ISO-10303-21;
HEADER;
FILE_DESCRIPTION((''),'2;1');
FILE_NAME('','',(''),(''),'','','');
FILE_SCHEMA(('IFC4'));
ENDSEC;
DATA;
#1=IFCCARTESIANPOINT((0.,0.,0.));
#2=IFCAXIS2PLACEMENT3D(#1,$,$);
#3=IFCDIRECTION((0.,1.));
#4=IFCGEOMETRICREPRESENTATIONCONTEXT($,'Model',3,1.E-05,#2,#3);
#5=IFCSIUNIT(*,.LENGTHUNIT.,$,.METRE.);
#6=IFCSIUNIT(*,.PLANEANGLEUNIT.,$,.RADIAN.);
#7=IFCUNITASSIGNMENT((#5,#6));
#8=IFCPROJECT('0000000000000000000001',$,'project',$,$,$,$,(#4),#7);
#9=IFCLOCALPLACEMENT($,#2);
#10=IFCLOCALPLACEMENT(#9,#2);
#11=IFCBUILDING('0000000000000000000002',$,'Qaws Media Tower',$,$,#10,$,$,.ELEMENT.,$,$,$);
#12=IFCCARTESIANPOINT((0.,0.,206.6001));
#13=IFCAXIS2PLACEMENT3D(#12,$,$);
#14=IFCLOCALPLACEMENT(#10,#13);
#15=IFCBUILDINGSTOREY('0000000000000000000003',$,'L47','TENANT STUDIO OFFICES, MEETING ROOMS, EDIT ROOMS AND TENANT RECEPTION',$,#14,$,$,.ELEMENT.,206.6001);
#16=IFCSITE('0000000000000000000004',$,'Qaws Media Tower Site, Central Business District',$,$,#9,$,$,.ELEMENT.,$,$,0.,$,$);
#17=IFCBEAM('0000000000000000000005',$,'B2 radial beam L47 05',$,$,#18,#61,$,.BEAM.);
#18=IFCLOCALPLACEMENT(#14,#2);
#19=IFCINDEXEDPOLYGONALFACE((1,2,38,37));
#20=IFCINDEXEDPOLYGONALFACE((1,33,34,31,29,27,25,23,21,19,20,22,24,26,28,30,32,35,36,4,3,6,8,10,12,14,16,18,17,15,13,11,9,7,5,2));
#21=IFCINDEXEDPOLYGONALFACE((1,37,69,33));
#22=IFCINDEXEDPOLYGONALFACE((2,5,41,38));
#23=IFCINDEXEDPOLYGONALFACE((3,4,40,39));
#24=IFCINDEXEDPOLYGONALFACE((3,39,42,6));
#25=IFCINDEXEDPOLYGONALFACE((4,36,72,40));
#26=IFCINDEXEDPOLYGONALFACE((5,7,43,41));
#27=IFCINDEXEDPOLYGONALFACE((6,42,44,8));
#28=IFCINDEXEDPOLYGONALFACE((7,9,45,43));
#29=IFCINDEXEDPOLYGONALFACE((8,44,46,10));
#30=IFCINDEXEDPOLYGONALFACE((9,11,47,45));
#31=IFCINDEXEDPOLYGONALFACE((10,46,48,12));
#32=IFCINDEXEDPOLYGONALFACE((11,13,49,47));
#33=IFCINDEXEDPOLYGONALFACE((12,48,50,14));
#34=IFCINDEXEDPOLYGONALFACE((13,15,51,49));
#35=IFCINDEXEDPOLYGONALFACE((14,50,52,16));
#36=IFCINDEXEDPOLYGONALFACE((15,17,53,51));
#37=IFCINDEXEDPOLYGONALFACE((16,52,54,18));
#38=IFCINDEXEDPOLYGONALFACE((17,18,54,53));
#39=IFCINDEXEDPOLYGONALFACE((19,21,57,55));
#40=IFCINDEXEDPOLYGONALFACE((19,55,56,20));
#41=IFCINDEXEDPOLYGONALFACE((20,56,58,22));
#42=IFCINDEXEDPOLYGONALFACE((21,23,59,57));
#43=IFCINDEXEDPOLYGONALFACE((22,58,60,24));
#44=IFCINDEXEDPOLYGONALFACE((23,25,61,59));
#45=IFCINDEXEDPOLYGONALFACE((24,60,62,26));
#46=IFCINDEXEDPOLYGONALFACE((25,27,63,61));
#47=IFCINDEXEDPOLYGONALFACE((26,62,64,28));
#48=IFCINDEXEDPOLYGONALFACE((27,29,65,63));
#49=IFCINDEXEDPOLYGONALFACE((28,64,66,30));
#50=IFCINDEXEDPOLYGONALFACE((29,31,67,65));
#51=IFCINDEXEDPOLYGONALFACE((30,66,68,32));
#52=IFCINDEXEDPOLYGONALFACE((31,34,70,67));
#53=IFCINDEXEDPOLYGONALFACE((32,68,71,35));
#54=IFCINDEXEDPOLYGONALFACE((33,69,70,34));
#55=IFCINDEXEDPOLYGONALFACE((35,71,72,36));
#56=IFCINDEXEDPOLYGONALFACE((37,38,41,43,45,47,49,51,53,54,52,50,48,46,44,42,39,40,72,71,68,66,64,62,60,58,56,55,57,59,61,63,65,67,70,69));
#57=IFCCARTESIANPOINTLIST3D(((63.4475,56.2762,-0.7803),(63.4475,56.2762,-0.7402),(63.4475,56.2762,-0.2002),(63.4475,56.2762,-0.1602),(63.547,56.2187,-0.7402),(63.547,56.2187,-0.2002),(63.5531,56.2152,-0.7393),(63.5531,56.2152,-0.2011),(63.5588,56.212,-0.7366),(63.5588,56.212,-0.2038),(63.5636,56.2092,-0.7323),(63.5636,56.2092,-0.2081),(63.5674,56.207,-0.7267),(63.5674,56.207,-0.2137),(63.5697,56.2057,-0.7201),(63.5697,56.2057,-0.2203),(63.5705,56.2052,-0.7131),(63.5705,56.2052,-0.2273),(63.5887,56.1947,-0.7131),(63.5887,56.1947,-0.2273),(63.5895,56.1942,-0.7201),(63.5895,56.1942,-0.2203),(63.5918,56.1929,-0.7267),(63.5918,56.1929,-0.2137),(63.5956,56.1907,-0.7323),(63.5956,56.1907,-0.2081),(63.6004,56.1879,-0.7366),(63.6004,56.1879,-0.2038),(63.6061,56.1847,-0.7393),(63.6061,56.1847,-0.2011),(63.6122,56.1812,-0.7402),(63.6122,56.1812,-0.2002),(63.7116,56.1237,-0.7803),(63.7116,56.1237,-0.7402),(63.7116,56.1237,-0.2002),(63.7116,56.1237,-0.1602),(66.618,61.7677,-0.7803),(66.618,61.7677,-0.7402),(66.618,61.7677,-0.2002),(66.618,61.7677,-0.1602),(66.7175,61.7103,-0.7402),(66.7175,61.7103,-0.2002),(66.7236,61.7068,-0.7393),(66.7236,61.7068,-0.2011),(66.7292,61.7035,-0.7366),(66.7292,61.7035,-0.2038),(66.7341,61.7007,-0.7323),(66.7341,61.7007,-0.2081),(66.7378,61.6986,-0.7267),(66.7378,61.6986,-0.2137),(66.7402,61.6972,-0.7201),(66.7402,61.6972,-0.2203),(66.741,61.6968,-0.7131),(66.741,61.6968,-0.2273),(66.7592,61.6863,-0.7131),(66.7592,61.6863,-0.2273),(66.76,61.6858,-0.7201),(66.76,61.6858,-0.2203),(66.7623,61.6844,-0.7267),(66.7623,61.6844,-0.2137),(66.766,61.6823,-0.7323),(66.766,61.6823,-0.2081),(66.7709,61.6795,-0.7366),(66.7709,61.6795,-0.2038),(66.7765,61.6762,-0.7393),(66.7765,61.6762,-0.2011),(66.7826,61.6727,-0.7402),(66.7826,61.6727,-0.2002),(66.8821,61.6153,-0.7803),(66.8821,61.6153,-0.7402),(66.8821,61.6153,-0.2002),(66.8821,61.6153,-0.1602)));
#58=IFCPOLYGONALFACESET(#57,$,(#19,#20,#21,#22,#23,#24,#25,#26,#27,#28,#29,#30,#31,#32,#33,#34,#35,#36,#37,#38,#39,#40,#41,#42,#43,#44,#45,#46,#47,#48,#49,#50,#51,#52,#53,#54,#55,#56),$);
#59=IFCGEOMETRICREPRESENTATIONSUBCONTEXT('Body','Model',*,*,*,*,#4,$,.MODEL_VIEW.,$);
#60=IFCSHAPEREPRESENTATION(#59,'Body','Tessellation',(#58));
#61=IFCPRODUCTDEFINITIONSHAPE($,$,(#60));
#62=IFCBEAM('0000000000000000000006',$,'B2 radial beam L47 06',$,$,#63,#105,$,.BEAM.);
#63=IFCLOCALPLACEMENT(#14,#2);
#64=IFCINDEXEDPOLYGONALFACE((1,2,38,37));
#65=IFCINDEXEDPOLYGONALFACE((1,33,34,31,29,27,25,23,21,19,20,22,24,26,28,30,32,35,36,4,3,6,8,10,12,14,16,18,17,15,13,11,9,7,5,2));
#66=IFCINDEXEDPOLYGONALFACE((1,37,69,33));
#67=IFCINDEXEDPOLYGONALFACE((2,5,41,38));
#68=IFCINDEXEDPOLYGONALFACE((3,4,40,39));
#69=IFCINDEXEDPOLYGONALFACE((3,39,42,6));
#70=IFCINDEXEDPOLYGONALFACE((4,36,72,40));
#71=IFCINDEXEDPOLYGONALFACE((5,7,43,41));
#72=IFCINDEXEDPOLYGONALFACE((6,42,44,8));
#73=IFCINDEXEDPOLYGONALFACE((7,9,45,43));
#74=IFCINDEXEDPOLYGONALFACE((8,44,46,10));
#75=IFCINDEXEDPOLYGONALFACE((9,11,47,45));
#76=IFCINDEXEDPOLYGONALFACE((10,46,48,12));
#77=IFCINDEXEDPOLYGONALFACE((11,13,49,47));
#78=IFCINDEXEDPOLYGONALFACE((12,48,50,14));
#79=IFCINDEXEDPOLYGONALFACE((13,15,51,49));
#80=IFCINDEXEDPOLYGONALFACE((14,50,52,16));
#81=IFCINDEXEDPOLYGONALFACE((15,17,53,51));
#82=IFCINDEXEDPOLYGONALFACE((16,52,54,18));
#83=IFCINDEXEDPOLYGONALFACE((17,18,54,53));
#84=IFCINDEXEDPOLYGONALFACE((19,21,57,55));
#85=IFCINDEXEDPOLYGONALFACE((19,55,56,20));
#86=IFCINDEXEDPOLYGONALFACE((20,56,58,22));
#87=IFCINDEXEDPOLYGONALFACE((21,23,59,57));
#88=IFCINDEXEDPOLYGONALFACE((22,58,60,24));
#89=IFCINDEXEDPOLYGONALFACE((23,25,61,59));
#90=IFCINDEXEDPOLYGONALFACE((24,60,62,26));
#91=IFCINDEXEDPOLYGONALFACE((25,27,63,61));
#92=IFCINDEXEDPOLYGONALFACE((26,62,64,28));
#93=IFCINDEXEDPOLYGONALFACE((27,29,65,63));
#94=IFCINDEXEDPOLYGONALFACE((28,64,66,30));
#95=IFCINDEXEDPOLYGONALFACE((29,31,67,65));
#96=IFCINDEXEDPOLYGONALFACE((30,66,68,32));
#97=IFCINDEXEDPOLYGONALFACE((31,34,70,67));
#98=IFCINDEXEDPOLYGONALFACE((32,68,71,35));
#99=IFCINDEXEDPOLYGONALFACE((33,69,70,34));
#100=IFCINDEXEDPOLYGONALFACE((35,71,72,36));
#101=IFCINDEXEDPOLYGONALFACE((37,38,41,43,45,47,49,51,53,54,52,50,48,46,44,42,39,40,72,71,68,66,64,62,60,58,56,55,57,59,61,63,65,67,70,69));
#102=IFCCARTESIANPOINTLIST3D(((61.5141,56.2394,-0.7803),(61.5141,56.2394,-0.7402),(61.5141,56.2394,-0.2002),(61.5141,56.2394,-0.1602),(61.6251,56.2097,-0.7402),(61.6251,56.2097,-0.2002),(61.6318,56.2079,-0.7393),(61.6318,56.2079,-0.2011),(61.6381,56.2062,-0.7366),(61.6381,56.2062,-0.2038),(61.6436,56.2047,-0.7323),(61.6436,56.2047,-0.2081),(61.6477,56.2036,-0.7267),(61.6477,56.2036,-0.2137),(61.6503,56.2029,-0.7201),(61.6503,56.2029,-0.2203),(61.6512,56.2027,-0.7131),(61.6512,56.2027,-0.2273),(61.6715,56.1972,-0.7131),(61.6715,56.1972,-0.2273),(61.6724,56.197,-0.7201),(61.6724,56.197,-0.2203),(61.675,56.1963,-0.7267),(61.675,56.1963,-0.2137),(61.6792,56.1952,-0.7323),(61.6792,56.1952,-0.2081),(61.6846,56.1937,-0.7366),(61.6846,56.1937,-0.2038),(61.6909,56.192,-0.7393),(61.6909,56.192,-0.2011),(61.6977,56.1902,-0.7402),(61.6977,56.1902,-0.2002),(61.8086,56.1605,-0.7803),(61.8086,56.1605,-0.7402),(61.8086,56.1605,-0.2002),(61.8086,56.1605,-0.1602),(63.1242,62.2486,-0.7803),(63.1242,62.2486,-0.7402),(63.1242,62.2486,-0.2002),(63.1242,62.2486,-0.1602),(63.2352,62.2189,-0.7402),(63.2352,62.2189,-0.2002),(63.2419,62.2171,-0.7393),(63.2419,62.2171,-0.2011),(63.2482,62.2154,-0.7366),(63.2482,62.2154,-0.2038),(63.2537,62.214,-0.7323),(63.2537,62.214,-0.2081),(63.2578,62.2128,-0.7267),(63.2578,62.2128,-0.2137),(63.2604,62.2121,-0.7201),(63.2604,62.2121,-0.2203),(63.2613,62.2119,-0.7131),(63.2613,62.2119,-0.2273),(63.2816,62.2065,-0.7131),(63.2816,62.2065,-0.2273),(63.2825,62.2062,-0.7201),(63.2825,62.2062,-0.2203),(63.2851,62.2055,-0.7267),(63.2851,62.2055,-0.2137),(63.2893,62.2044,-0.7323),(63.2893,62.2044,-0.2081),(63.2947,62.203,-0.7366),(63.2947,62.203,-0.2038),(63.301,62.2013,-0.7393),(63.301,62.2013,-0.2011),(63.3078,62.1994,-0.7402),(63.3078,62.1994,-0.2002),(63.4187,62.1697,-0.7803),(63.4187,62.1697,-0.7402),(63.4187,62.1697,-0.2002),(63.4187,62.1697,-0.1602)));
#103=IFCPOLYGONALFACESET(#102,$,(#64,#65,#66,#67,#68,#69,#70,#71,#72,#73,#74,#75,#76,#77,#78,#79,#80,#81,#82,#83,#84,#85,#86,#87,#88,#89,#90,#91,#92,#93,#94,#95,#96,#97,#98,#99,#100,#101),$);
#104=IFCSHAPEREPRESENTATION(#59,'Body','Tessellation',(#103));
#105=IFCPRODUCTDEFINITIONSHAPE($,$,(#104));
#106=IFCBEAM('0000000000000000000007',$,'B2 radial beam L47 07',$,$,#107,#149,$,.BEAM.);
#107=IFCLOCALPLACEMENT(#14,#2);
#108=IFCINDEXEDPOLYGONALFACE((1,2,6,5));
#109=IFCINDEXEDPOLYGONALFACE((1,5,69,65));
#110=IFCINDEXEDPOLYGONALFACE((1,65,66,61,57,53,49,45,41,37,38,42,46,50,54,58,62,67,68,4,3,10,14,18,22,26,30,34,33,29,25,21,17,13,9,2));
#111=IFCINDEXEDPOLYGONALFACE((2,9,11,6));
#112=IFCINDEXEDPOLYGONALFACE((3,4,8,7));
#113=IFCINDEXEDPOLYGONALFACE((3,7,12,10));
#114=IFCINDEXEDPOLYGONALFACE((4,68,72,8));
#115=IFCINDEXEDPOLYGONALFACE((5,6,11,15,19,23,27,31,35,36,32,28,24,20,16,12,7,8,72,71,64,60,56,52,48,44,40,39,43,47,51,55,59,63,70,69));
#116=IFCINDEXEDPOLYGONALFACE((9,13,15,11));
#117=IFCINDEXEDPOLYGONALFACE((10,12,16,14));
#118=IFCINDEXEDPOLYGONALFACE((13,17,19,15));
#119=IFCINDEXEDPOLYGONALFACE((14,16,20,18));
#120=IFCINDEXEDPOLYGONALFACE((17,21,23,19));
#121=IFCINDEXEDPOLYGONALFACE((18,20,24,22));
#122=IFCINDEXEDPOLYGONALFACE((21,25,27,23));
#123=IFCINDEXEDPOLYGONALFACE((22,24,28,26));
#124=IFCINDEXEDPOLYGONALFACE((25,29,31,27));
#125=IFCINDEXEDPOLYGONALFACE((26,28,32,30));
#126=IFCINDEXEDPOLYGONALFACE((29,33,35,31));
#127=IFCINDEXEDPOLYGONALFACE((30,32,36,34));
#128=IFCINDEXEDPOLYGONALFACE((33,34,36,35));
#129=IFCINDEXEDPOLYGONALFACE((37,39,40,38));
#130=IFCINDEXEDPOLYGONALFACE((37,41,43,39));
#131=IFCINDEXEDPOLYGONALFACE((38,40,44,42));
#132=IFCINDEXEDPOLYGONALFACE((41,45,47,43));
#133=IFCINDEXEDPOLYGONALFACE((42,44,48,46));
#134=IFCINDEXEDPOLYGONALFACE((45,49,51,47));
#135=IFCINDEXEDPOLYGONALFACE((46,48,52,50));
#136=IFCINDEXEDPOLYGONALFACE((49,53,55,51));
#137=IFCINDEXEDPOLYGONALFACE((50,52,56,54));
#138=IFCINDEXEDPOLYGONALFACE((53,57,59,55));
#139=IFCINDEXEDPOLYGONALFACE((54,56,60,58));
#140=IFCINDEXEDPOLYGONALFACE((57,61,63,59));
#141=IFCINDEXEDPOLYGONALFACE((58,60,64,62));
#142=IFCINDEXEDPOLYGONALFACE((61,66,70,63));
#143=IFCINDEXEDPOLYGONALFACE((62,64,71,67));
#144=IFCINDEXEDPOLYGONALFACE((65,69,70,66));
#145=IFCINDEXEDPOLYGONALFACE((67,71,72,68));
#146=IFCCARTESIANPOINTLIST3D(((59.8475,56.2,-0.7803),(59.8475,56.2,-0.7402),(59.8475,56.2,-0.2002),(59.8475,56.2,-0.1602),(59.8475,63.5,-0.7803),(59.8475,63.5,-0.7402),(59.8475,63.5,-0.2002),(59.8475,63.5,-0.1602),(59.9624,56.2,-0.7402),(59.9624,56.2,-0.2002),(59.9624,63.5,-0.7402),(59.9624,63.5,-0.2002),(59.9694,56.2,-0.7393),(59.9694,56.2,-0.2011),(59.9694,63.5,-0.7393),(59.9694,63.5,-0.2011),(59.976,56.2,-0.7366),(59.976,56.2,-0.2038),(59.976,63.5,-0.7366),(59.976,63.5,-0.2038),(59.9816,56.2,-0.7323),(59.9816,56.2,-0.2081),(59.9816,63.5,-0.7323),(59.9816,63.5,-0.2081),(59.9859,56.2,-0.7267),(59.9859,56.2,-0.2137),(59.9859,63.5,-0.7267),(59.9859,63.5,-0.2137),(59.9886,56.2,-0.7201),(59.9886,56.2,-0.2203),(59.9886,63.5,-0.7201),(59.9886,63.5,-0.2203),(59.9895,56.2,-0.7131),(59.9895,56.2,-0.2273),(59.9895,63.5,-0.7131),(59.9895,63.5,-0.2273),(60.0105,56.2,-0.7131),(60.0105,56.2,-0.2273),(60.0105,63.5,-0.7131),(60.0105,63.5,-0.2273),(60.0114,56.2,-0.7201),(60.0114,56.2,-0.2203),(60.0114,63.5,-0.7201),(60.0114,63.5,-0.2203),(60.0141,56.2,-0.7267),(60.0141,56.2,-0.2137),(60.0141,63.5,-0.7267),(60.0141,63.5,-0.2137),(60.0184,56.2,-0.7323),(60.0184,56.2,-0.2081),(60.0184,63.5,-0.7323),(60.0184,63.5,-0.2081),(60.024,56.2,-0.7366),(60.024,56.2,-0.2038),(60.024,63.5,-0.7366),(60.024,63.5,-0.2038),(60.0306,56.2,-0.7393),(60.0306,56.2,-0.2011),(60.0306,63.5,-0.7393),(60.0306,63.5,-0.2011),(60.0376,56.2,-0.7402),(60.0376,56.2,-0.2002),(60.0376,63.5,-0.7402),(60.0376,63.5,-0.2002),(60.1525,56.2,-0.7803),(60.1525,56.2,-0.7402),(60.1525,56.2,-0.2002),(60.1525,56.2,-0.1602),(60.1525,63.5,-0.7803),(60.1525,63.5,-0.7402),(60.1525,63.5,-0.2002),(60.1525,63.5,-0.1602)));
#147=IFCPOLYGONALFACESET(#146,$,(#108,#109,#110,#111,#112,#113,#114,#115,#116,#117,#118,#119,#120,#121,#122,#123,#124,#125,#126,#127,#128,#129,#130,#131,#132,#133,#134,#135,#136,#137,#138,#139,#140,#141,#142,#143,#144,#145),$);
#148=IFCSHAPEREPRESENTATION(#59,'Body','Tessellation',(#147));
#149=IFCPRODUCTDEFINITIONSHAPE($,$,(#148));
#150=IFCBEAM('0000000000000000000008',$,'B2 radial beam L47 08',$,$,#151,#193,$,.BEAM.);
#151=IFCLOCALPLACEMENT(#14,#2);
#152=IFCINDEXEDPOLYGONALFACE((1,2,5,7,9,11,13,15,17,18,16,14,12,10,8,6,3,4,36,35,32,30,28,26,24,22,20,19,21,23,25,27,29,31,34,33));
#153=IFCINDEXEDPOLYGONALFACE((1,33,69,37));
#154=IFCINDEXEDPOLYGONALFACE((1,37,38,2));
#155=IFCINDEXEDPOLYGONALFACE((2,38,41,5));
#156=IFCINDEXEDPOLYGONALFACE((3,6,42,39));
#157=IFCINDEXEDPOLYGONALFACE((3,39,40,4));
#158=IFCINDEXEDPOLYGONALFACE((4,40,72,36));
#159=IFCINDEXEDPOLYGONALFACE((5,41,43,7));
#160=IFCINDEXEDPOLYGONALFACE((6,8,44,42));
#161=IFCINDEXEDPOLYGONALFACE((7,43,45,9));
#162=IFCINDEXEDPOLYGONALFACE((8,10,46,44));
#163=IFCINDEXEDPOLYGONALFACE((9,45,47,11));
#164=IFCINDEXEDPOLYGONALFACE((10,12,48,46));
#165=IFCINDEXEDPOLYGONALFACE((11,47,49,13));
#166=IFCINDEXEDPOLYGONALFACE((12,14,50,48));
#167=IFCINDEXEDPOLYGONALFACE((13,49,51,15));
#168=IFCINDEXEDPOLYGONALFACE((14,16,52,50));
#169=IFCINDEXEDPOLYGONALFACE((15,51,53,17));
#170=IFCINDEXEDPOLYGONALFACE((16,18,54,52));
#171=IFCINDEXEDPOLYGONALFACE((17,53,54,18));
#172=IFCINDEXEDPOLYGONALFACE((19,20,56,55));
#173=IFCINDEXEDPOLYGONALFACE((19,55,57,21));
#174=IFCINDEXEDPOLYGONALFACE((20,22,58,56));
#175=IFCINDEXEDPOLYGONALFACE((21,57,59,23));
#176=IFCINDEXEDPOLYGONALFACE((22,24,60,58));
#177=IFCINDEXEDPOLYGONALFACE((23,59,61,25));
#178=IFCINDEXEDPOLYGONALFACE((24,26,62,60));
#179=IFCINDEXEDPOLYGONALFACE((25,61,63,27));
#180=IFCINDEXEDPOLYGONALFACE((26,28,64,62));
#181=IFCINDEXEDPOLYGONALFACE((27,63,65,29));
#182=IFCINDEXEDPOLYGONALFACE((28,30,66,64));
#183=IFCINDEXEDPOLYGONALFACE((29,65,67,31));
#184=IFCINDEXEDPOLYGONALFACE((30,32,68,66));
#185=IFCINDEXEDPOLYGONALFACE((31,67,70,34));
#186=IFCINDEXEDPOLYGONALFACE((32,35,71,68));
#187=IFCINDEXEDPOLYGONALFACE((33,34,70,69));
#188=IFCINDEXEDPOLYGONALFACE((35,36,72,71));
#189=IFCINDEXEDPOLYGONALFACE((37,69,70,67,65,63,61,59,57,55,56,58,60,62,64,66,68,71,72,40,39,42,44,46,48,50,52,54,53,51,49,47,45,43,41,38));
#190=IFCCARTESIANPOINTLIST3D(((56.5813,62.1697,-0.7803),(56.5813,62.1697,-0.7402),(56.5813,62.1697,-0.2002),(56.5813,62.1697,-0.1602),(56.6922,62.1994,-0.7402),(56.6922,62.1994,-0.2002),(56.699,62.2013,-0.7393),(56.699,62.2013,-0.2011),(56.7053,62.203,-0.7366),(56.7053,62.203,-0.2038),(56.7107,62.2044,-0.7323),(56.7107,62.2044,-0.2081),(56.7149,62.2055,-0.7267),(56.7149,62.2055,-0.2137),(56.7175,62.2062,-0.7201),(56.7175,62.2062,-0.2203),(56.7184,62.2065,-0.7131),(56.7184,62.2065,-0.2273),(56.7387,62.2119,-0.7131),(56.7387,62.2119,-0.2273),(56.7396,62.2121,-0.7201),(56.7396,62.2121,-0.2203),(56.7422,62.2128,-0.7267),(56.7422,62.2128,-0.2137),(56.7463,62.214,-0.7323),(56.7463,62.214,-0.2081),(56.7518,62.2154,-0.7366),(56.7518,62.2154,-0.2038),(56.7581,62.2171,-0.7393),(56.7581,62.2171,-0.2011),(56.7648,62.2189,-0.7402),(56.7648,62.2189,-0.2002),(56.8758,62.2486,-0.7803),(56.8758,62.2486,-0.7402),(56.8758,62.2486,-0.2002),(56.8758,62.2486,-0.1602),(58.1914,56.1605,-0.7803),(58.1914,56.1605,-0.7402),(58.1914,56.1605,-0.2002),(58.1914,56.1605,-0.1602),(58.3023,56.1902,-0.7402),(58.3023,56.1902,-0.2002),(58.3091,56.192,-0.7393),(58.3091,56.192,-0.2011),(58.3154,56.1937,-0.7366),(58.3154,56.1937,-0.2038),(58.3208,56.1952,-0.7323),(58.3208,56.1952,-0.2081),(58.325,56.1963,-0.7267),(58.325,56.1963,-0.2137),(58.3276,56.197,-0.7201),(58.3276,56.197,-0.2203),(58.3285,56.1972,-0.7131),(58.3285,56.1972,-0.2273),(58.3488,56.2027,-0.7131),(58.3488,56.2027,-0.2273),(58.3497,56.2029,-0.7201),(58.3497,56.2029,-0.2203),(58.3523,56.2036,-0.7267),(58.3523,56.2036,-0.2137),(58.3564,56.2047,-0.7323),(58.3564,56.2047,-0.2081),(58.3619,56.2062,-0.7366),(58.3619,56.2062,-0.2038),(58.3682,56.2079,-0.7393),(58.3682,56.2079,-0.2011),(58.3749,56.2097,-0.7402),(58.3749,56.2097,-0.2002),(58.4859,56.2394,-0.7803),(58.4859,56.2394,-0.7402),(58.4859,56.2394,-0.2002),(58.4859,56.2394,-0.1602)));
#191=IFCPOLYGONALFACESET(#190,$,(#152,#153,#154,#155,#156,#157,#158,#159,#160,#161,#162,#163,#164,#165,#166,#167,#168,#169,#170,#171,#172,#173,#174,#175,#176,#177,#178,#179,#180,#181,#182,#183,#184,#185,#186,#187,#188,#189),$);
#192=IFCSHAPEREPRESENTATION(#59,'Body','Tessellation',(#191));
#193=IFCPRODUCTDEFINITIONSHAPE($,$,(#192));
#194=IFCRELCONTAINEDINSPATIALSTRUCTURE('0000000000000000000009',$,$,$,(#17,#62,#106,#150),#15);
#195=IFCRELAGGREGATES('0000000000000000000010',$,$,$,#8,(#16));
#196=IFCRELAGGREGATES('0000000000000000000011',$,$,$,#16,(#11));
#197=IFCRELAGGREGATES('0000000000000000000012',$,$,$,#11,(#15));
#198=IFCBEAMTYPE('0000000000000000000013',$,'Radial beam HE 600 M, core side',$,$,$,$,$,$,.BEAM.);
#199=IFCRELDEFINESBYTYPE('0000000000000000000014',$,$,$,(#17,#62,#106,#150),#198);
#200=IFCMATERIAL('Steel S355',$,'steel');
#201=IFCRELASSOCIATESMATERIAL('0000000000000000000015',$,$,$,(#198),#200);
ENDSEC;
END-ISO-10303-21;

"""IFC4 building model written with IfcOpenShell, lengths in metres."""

from ifc_helpers import new_model, si_unit, direction, frame, origin, origin_2d, place, context, subcontext, project, spatial, i_section, extrude, material, material_profile, profile_set, type_object, element, save


model = new_model("IFC4")

# Units and contexts
model_context = context("Model", 3, precision=1e-05, world=origin(), true_north=direction((0.0, 1.0)))
body_context = subcontext(model_context, "Body", "Model", "MODEL_VIEW")
ifc_project = project(units=[si_unit("LENGTHUNIT", "METRE"), si_unit("PLANEANGLEUNIT", "RADIAN")], contexts=[model_context])

# Site, building, storey
site_placement = place(None, origin())
site = spatial("IfcSite", under=ifc_project, at=site_placement, Name="Qaws Media Tower Site, Central Business District", CompositionType="ELEMENT", RefElevation=0.0)
building_placement = place(site_placement, origin())
building = spatial("IfcBuilding", under=site, at=building_placement, Name="Qaws Media Tower", CompositionType="ELEMENT")
storey_placement = place(building_placement, frame((0.0, 0.0, 206.6001)))
storey = spatial("IfcBuildingStorey", under=building, at=storey_placement, Name="L47", Description="TENANT STUDIO OFFICES, MEETING ROOMS, EDIT ROOMS AND TENANT RECEPTION", CompositionType="ELEMENT", Elevation=206.6001)

# Beams
ifc_material_1 = material(Name="Steel S355", Category="steel")
ifc_material_profile_1 = material_profile(ifc_material_1, i_section(OverallWidth=0.3049, OverallDepth=0.6201, WebThickness=0.021, FlangeThickness=0.04, FilletRadius=0.0271, at=origin_2d()), Name="HE 600 M")
ifc_profile_set_1 = profile_set([ifc_material_profile_1], Name="Steel S355")
beam_type_1 = type_object("IfcBeamType", Name="Radial beam HE 600 M, core side", PredefinedType="BEAM", material=ifc_profile_set_1)
beam_1_placement = place(storey_placement, frame((63.5796, 56.2, -0.4702), z_axis=(0.49999, 0.866031, 0.0), x_axis=(-0.866031, 0.49999, 0.0)))
element("IfcBeam", 1, at=beam_1_placement, inside=storey, type_object=beam_type_1, Name="B2 radial beam L47 05", PredefinedType="BEAM", context=body_context, shape_type="SweptSolid", body=[
    extrude(i_section(OverallWidth=0.3049, OverallDepth=0.6201, WebThickness=0.021, FlangeThickness=0.04, FilletRadius=0.0271, at=origin_2d()), origin(), (0.0, 0.0, 1.0), 6.3411),
])
beam_2_placement = place(storey_placement, frame((61.6614, 56.2, -0.4702), z_axis=(0.258808, 0.965929, 0.0), x_axis=(-0.965929, 0.258808, 0.0)))
element("IfcBeam", 2, at=beam_2_placement, inside=storey, type_object=beam_type_1, Name="B2 radial beam L47 06", PredefinedType="BEAM", context=body_context, shape_type="SweptSolid", body=[
    extrude(i_section(OverallWidth=0.3049, OverallDepth=0.6201, WebThickness=0.021, FlangeThickness=0.04, FilletRadius=0.0271, at=origin_2d()), origin(), (0.0, 0.0, 1.0), 6.2212),
])
beam_3_placement = place(storey_placement, frame((60.0, 56.2, -0.4702), z_axis=(0.0, 1.0, 0.0), x_axis=(-1.0, 0.0, 0.0)))
element("IfcBeam", 3, at=beam_3_placement, inside=storey, type_object=beam_type_1, Name="B2 radial beam L47 07", PredefinedType="BEAM", context=body_context, shape_type="SweptSolid", body=[
    extrude(i_section(OverallWidth=0.3049, OverallDepth=0.6201, WebThickness=0.021, FlangeThickness=0.04, FilletRadius=0.0271, at=origin_2d()), origin(), (0.0, 0.0, 1.0), 7.3),
])
beam_4_placement = place(storey_placement, frame((58.3386, 56.2, -0.4702), z_axis=(-0.258808, 0.965929, 0.0), x_axis=(-0.965929, -0.258808, 0.0)))
element("IfcBeam", 4, at=beam_4_placement, inside=storey, type_object=beam_type_1, Name="B2 radial beam L47 08", PredefinedType="BEAM", context=body_context, shape_type="SweptSolid", body=[
    extrude(i_section(OverallWidth=0.3049, OverallDepth=0.6201, WebThickness=0.021, FlangeThickness=0.04, FilletRadius=0.0271, at=origin_2d()), origin(), (0.0, 0.0, 1.0), 6.2212),
])

save(model, "model.ifc")
